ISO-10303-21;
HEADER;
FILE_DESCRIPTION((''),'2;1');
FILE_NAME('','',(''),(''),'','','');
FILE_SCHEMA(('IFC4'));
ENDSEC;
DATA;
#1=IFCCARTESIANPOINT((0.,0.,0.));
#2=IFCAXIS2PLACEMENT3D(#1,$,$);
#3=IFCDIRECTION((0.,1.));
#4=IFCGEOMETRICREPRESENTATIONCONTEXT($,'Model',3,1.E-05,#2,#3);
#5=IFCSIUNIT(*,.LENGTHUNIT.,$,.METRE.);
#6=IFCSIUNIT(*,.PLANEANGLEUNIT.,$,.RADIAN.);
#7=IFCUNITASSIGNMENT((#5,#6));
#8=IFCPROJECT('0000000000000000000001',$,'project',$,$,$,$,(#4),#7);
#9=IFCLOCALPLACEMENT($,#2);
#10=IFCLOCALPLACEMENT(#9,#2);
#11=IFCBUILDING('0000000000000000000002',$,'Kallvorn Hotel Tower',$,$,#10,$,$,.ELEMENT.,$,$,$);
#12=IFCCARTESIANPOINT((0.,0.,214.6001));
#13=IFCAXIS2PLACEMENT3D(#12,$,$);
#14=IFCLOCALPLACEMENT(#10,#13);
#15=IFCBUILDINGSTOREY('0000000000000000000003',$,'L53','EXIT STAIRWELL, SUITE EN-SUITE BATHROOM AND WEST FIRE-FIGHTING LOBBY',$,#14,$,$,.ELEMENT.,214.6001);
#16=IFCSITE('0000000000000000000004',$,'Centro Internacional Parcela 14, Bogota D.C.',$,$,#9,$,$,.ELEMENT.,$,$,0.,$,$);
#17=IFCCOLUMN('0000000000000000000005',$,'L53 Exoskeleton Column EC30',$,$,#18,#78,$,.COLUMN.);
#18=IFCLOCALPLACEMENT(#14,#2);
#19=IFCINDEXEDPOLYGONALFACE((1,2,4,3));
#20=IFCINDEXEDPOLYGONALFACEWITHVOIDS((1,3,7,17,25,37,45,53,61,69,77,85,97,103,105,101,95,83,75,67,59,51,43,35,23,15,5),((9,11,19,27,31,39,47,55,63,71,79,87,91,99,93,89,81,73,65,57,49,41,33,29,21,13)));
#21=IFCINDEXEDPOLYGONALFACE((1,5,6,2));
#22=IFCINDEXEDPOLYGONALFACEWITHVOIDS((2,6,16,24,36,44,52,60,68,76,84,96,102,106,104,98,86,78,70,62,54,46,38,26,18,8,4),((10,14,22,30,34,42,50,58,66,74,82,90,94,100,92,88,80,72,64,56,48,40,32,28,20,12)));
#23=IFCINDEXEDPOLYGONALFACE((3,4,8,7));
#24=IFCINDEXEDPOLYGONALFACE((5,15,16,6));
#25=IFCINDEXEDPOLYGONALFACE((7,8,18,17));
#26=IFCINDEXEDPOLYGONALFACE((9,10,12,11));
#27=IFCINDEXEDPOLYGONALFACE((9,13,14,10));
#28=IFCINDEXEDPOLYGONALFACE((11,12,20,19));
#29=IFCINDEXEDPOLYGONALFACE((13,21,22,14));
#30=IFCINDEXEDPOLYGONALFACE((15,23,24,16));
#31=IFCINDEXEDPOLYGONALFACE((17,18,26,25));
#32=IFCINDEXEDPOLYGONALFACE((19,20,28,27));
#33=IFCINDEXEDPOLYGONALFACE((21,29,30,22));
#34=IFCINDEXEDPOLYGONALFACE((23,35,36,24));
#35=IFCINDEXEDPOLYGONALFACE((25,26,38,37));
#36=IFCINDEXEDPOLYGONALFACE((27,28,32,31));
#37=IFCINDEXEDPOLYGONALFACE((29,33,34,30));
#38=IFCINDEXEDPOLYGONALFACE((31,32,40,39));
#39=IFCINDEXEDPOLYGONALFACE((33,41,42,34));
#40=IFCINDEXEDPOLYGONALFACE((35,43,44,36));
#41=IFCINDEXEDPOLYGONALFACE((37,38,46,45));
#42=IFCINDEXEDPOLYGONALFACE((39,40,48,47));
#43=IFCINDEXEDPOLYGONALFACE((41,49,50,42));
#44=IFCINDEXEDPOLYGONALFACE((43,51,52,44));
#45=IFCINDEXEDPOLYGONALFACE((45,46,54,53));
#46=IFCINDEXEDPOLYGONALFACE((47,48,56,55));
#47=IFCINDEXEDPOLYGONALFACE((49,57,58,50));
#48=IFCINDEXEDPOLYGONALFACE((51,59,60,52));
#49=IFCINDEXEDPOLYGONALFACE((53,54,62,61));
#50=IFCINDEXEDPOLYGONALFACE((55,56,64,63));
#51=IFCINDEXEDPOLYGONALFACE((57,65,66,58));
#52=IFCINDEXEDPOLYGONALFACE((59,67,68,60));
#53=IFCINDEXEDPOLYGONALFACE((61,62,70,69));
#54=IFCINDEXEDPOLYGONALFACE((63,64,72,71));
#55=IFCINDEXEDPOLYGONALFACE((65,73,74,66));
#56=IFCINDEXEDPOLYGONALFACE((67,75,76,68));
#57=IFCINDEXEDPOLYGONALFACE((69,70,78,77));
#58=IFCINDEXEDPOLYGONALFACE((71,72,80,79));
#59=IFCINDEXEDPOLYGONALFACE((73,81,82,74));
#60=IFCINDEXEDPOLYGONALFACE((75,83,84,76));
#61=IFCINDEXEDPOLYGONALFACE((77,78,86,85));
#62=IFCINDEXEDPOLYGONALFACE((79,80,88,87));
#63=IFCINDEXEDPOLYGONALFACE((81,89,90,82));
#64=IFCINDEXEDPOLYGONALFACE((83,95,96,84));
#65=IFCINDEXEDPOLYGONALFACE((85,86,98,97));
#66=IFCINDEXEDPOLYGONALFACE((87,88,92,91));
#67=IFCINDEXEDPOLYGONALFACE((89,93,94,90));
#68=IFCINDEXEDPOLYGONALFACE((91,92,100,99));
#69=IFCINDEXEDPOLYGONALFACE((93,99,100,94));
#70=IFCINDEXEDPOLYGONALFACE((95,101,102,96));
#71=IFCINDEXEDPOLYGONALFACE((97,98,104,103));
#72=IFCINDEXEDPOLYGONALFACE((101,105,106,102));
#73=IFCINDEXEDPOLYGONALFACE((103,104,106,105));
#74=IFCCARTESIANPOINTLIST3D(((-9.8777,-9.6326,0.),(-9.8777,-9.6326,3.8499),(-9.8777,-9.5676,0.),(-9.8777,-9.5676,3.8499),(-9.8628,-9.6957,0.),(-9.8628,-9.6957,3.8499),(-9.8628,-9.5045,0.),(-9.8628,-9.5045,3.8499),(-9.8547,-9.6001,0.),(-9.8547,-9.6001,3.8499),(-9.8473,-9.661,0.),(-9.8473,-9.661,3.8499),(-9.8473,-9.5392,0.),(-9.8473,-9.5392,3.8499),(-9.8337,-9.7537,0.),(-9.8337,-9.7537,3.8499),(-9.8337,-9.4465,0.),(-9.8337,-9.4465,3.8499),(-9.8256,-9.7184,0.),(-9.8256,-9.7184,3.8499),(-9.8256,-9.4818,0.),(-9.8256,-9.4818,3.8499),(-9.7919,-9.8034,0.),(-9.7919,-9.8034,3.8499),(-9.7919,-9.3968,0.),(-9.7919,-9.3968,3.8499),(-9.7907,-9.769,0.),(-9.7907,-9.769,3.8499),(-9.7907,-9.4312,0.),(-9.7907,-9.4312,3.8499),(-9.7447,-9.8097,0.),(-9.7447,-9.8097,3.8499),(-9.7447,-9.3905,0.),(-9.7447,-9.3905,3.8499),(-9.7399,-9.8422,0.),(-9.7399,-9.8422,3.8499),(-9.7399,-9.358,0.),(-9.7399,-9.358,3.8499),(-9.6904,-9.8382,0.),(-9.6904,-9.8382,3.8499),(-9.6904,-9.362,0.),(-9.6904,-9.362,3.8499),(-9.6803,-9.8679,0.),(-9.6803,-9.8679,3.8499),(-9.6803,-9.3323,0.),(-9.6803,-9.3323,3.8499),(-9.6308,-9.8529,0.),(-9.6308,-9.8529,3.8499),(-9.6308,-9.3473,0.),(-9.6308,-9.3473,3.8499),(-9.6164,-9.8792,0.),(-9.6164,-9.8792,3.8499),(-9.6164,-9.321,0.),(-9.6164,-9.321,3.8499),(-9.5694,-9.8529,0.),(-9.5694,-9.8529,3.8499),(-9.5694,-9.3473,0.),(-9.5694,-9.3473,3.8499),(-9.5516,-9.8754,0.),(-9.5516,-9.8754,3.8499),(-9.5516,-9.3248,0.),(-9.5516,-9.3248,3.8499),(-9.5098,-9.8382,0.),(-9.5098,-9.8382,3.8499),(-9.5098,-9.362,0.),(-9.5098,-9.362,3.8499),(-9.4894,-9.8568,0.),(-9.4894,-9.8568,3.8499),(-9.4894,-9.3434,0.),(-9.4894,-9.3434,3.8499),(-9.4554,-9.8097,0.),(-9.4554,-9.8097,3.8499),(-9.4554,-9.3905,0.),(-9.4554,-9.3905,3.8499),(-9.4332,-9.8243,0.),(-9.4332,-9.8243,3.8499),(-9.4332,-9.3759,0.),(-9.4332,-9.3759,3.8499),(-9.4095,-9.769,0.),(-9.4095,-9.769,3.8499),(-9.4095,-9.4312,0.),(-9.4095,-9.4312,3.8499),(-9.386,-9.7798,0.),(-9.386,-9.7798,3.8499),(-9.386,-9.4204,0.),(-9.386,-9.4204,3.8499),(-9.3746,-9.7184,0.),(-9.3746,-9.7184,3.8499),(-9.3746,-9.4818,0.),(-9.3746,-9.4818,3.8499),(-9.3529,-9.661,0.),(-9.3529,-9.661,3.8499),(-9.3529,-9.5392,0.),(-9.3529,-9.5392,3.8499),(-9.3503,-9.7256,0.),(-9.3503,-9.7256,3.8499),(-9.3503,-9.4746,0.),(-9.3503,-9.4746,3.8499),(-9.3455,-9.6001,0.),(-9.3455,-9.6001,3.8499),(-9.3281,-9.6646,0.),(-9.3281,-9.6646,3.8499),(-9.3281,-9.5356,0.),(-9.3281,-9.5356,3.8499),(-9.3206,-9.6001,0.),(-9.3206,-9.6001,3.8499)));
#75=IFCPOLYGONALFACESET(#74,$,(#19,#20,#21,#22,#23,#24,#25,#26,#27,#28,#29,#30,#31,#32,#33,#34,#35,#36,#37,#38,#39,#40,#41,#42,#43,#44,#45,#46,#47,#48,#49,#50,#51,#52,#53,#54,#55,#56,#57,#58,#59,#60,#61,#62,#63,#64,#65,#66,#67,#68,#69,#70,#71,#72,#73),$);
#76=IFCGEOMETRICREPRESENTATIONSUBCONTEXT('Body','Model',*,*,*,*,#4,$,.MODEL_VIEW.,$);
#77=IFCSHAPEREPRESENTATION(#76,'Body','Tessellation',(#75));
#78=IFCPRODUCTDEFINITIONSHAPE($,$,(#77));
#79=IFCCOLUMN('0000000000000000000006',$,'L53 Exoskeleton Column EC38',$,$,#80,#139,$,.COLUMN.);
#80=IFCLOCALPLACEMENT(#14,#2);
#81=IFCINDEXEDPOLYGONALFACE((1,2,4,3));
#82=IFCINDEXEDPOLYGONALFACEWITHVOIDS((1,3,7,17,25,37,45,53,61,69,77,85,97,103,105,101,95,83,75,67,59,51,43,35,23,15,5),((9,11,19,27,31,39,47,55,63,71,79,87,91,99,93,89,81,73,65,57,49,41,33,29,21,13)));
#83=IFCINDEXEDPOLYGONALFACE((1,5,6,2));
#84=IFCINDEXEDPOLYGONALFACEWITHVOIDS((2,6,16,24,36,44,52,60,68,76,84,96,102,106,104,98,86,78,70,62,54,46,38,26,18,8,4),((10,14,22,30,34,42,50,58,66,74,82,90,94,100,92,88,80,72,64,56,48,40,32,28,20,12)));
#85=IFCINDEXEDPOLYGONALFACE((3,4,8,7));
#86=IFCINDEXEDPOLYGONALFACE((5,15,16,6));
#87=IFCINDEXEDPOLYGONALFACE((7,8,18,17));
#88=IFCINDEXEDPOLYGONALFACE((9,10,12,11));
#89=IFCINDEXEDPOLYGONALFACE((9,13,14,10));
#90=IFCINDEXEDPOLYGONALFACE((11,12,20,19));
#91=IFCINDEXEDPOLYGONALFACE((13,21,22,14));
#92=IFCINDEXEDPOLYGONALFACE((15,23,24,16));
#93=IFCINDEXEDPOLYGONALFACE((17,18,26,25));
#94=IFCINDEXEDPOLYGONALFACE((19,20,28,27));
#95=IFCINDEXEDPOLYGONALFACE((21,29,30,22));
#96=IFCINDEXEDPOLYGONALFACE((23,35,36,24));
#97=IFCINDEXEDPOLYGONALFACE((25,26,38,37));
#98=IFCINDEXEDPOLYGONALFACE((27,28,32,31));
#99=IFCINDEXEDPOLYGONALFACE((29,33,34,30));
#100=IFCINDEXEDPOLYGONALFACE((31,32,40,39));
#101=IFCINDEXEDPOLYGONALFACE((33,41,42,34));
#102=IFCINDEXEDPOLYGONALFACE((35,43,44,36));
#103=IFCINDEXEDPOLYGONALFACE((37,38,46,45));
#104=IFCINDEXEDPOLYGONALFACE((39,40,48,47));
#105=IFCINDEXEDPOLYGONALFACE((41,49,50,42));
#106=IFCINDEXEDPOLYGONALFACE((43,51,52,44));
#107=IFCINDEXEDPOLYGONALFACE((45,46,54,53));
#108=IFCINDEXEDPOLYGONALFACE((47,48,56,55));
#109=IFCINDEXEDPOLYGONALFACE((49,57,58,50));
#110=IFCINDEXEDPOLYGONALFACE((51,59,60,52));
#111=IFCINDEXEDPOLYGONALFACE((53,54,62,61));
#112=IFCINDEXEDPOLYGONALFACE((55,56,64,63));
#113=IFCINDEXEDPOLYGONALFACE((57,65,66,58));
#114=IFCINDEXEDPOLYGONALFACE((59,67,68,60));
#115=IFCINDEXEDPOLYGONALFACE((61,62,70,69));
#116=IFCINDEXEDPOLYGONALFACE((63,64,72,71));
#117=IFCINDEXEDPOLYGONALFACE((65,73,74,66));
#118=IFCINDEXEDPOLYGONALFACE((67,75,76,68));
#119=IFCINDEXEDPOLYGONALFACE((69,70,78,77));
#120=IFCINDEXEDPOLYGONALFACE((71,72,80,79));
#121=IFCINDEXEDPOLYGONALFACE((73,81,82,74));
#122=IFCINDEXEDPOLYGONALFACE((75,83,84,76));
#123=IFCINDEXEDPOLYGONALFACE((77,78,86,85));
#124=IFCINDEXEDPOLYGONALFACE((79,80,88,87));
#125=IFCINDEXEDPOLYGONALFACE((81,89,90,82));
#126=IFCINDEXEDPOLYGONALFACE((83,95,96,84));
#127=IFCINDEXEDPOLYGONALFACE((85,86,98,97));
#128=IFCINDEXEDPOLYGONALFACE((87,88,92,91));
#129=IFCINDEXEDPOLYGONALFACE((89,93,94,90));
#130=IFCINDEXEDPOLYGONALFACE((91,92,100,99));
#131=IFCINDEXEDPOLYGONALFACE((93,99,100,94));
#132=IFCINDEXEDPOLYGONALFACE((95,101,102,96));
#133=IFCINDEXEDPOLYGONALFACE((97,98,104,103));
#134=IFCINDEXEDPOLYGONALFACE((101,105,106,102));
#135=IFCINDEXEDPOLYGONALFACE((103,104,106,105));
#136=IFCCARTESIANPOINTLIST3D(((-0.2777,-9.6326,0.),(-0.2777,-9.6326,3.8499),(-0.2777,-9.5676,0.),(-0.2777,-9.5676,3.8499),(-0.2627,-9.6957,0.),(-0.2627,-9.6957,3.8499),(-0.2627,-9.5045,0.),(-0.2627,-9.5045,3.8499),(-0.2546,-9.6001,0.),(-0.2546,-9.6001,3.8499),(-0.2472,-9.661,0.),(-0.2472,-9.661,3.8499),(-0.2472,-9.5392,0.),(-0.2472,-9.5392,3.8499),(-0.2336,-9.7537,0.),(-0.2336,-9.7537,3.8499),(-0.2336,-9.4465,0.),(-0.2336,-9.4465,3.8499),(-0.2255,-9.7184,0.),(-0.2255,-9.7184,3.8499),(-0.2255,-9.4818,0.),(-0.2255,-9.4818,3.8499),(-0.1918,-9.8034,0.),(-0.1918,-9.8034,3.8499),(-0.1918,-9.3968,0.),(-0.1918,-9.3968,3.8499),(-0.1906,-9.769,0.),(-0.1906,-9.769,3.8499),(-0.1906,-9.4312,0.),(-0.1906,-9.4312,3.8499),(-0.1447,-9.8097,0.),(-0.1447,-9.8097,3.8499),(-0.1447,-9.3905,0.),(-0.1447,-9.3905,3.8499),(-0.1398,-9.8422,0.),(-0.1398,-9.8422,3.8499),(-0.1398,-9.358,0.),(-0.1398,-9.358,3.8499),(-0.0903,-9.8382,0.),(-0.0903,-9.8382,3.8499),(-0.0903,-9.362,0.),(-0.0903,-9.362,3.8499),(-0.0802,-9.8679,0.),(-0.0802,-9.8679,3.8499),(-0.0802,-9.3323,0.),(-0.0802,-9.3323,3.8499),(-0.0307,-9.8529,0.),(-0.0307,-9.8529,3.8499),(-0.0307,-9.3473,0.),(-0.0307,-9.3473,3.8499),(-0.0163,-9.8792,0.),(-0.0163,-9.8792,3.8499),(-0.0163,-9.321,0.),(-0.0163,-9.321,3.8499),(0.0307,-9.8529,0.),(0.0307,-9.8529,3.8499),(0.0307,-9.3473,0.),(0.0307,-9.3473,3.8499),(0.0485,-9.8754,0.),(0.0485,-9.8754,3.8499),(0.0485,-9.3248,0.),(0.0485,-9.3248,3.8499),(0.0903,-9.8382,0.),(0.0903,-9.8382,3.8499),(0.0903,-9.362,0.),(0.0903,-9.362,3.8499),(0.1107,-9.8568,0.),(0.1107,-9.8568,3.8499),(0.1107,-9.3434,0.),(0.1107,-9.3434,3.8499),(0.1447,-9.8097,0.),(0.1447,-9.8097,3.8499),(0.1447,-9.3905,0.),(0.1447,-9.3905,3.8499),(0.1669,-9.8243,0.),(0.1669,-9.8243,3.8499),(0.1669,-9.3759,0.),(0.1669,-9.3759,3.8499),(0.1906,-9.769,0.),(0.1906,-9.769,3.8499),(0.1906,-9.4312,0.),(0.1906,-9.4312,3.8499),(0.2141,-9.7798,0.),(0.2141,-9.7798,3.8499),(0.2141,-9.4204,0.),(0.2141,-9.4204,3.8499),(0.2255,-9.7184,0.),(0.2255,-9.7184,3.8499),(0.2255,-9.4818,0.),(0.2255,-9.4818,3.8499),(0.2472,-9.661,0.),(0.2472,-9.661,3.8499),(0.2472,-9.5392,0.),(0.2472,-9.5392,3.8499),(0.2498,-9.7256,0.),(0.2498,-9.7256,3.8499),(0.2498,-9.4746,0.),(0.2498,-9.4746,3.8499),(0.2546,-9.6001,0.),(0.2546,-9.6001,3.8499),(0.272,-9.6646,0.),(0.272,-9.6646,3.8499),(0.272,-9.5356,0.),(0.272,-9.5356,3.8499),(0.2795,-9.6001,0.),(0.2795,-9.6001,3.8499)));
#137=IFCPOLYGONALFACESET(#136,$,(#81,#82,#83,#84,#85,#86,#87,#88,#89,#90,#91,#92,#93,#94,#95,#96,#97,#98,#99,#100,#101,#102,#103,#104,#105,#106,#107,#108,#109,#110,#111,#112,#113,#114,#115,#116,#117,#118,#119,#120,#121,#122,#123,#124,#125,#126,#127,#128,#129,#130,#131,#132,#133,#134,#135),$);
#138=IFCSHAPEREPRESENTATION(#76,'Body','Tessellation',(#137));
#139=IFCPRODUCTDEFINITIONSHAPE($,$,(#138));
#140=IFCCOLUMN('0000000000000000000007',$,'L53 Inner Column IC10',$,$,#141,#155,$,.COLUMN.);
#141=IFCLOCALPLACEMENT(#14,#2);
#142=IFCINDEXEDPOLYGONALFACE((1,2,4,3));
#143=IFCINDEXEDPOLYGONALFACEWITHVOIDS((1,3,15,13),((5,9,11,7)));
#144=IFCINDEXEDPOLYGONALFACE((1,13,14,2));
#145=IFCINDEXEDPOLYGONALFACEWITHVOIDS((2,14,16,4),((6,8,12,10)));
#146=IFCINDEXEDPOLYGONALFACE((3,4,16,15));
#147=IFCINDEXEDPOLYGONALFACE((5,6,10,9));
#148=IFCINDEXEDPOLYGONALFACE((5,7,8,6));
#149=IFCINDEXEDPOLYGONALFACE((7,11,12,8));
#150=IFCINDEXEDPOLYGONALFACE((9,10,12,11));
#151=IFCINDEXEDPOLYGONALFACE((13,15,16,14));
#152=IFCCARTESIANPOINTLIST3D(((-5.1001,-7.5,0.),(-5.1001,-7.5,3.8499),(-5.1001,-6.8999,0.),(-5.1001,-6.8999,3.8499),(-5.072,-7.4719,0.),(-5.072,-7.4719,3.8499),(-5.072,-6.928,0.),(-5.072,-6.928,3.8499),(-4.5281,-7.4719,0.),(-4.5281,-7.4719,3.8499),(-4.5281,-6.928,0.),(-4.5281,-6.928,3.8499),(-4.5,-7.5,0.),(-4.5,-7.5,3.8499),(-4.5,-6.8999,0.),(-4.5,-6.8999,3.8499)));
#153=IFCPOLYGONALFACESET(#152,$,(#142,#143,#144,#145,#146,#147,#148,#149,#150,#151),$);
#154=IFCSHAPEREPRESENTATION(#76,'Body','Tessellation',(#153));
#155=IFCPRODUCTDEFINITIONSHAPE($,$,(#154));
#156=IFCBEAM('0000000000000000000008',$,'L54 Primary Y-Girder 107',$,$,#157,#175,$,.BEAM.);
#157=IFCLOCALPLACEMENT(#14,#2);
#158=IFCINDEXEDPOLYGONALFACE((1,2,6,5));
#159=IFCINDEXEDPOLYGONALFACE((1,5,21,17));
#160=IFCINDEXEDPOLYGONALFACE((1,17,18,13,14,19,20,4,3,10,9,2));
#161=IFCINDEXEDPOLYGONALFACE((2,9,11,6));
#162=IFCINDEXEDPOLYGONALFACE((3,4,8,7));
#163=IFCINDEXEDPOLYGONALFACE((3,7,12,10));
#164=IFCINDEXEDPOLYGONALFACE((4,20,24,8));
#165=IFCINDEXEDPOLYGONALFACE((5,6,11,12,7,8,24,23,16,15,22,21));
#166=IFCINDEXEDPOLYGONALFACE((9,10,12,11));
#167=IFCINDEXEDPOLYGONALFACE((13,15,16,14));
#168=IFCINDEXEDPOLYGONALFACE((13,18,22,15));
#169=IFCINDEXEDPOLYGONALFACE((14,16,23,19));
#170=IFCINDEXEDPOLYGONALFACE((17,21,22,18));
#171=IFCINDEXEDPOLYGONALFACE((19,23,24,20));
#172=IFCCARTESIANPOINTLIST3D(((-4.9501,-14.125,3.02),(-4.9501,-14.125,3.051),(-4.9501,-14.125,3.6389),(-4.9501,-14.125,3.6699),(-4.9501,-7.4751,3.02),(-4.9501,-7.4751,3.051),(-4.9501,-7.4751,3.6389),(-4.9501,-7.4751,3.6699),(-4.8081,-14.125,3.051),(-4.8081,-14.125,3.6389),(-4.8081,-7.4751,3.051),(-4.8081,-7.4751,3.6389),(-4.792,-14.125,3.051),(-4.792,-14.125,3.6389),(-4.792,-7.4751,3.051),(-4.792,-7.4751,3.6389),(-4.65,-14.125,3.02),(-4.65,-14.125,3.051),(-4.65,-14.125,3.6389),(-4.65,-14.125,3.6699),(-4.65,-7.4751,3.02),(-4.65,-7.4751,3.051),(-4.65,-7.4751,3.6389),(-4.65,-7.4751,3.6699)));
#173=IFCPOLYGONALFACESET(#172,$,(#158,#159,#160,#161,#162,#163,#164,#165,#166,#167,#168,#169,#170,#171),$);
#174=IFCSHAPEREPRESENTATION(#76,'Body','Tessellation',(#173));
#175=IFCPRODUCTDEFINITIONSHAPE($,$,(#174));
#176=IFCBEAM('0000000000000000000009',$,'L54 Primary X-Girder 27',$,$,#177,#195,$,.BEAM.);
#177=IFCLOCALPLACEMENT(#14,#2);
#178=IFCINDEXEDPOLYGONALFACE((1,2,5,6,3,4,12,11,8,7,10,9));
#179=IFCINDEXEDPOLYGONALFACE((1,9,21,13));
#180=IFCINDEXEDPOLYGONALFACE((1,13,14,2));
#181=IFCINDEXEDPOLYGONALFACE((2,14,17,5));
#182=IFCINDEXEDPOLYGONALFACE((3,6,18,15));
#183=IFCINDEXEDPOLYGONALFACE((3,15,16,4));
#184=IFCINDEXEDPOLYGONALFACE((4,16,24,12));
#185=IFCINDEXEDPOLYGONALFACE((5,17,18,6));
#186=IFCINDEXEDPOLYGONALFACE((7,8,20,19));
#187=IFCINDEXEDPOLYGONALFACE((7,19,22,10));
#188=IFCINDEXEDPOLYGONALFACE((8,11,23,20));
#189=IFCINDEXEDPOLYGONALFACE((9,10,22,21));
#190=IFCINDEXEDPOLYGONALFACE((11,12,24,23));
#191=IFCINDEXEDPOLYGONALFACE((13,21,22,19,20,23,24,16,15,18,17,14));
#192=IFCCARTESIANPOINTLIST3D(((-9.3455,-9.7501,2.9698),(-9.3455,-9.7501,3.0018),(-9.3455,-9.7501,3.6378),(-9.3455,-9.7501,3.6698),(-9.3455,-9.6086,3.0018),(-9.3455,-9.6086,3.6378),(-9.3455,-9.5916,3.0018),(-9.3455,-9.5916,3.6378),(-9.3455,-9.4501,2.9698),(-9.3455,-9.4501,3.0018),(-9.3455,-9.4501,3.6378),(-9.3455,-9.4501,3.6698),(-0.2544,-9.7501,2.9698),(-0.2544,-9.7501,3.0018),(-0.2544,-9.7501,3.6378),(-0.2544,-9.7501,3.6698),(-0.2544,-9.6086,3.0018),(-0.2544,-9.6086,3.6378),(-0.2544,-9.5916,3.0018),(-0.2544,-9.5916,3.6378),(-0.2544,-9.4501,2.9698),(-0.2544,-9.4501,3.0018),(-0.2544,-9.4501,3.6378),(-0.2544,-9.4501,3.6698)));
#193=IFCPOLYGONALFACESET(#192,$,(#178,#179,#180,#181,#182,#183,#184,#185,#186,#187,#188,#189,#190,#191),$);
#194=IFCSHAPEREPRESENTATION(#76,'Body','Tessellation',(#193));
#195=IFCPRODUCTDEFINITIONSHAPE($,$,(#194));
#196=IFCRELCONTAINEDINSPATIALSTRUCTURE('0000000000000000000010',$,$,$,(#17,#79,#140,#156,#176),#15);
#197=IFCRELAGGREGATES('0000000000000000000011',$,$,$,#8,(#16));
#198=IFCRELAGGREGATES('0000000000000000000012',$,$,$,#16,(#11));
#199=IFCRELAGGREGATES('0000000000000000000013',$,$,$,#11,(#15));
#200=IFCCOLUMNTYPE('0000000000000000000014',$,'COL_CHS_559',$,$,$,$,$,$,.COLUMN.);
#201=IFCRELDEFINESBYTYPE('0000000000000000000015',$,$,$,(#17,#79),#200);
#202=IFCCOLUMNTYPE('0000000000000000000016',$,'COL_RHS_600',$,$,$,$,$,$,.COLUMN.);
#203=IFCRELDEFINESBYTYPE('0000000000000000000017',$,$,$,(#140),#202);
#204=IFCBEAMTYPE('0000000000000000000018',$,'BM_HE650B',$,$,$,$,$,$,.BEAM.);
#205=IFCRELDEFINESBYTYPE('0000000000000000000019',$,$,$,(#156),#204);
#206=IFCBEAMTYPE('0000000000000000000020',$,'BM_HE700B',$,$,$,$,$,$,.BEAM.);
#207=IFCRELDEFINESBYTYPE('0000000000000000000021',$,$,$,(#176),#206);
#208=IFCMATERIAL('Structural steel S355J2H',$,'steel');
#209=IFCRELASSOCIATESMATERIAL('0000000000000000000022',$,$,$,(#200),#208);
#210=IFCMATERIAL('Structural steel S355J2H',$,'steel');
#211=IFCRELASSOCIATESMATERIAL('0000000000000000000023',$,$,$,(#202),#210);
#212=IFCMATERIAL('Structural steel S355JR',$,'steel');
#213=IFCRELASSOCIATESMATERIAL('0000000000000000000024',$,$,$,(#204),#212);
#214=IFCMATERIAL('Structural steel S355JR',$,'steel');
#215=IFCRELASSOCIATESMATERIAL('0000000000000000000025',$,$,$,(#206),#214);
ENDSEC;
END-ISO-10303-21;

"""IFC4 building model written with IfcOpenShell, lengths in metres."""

from ifc_helpers import new_model, si_unit, direction, frame, origin, origin_2d, place, context, subcontext, project, spatial, hollow_rectangle, hollow_circle, i_section, extrude, material, material_profile, profile_set, type_object, element, save


model = new_model("IFC4")

# Units and contexts
model_context = context("Model", 3, precision=1e-05, world=origin(), true_north=direction((0.0, 1.0)))
body_context = subcontext(model_context, "Body", "Model", "MODEL_VIEW")
ifc_project = project(units=[si_unit("LENGTHUNIT", "METRE"), si_unit("PLANEANGLEUNIT", "RADIAN")], contexts=[model_context])

# Site, building, storey
site_placement = place(None, origin())
site = spatial("IfcSite", under=ifc_project, at=site_placement, Name="Centro Internacional Parcela 14, Bogota D.C.", CompositionType="ELEMENT", RefElevation=0.0)
building_placement = place(site_placement, origin())
building = spatial("IfcBuilding", under=site, at=building_placement, Name="Kallvorn Hotel Tower", CompositionType="ELEMENT")
storey_placement = place(building_placement, frame((0.0, 0.0, 214.6001)))
storey = spatial("IfcBuildingStorey", under=building, at=storey_placement, Name="L53", Description="EXIT STAIRWELL, SUITE EN-SUITE BATHROOM AND WEST FIRE-FIGHTING LOBBY", CompositionType="ELEMENT", Elevation=214.6001)

# Columns
ifc_material_1 = material(Name="Structural steel S355J2H", Category="steel")
ifc_material_profile_1 = material_profile(ifc_material_1, hollow_circle(Radius=0.2795, WallThickness=0.0249, at=origin_2d()), Name="CHS 559x25")
ifc_profile_set_1 = profile_set([ifc_material_profile_1], Name="Structural steel S355J2H")
column_type_1 = type_object("IfcColumnType", Name="COL_CHS_559", PredefinedType="COLUMN", material=ifc_profile_set_1)
for number, where, z_axis, x_axis, name in (
    (1, (-9.6001, -9.6001, 0.0), (0.0, 0.0, 1.0), (1.0, 0.0, 0.0), "L53 Exoskeleton Column EC30"),
    (2, (0.0, -9.6001, 0.0), (0.0, 0.0, 1.0), (1.0, 0.0, 0.0), "L53 Exoskeleton Column EC38"),
):
    element("IfcColumn", number, at=place(storey_placement, frame(where, z_axis=z_axis, x_axis=x_axis)), inside=storey, type_object=column_type_1, Name=name, PredefinedType="COLUMN", context=body_context, shape_type="SweptSolid", body=[
        extrude(hollow_circle(Radius=0.2795, WallThickness=0.0249, at=origin_2d()), origin(), (0.0, 0.0, 1.0), 3.8499),
    ])
ifc_material_2 = material(Name="Structural steel S355J2H", Category="steel")
ifc_material_profile_2 = material_profile(ifc_material_2, hollow_rectangle(XDim=0.6001, YDim=0.6001, WallThickness=0.0281, at=origin_2d()), Name="RHS 600x600x28")
ifc_profile_set_2 = profile_set([ifc_material_profile_2], Name="Structural steel S355J2H")
column_type_2 = type_object("IfcColumnType", Name="COL_RHS_600", PredefinedType="COLUMN", material=ifc_profile_set_2)
column_placement = place(storey_placement, frame((-4.8, -7.2, 0.0), z_axis=(0.0, 0.0, 1.0), x_axis=(1.0, 0.0, 0.0)))
element("IfcColumn", 3, at=column_placement, inside=storey, type_object=column_type_2, Name="L53 Inner Column IC10", PredefinedType="COLUMN", context=body_context, shape_type="SweptSolid", body=[
    extrude(hollow_rectangle(XDim=0.6001, YDim=0.6001, WallThickness=0.0281, at=origin_2d()), origin(), (0.0, 0.0, 1.0), 3.8499),
])

# Beams
ifc_material_3 = material(Name="Structural steel S355JR", Category="steel")
ifc_material_profile_3 = material_profile(ifc_material_3, i_section(OverallWidth=0.3, OverallDepth=0.6499, WebThickness=0.0161, FlangeThickness=0.031, at=origin_2d()), Name="HE 650 B")
ifc_profile_set_3 = profile_set([ifc_material_profile_3], Name="Structural steel S355JR")
beam_type_1 = type_object("IfcBeamType", Name="BM_HE650B", PredefinedType="BEAM", material=ifc_profile_set_3)
beam_1_placement = place(storey_placement, frame((-4.8, -14.125, 3.345), z_axis=(0.0, 1.0, 0.0), x_axis=(-1.0, 0.0, 0.0)))
element("IfcBeam", 4, at=beam_1_placement, inside=storey, type_object=beam_type_1, Name="L54 Primary Y-Girder 107", PredefinedType="BEAM", context=body_context, shape_type="SweptSolid", body=[
    extrude(i_section(OverallWidth=0.3, OverallDepth=0.6499, WebThickness=0.0161, FlangeThickness=0.031, at=origin_2d()), origin(), (0.0, 0.0, 1.0), 6.6499),
])
ifc_material_4 = material(Name="Structural steel S355JR", Category="steel")
ifc_material_profile_4 = material_profile(ifc_material_4, i_section(OverallWidth=0.3, OverallDepth=0.7, WebThickness=0.0171, FlangeThickness=0.032, at=origin_2d()), Name="HE 700 B")
ifc_profile_set_4 = profile_set([ifc_material_profile_4], Name="Structural steel S355JR")
beam_type_2 = type_object("IfcBeamType", Name="BM_HE700B", PredefinedType="BEAM", material=ifc_profile_set_4)
beam_2_placement = place(storey_placement, frame((-9.3455, -9.6001, 3.3198), z_axis=(1.0, 0.0, 0.0), x_axis=(0.0, 1.0, 0.0)))
element("IfcBeam", 5, at=beam_2_placement, inside=storey, type_object=beam_type_2, Name="L54 Primary X-Girder 27", PredefinedType="BEAM", context=body_context, shape_type="SweptSolid", body=[
    extrude(i_section(OverallWidth=0.3, OverallDepth=0.7, WebThickness=0.0171, FlangeThickness=0.032, at=origin_2d()), origin(), (0.0, 0.0, 1.0), 9.0911),
])

save(model, "model.ifc")
